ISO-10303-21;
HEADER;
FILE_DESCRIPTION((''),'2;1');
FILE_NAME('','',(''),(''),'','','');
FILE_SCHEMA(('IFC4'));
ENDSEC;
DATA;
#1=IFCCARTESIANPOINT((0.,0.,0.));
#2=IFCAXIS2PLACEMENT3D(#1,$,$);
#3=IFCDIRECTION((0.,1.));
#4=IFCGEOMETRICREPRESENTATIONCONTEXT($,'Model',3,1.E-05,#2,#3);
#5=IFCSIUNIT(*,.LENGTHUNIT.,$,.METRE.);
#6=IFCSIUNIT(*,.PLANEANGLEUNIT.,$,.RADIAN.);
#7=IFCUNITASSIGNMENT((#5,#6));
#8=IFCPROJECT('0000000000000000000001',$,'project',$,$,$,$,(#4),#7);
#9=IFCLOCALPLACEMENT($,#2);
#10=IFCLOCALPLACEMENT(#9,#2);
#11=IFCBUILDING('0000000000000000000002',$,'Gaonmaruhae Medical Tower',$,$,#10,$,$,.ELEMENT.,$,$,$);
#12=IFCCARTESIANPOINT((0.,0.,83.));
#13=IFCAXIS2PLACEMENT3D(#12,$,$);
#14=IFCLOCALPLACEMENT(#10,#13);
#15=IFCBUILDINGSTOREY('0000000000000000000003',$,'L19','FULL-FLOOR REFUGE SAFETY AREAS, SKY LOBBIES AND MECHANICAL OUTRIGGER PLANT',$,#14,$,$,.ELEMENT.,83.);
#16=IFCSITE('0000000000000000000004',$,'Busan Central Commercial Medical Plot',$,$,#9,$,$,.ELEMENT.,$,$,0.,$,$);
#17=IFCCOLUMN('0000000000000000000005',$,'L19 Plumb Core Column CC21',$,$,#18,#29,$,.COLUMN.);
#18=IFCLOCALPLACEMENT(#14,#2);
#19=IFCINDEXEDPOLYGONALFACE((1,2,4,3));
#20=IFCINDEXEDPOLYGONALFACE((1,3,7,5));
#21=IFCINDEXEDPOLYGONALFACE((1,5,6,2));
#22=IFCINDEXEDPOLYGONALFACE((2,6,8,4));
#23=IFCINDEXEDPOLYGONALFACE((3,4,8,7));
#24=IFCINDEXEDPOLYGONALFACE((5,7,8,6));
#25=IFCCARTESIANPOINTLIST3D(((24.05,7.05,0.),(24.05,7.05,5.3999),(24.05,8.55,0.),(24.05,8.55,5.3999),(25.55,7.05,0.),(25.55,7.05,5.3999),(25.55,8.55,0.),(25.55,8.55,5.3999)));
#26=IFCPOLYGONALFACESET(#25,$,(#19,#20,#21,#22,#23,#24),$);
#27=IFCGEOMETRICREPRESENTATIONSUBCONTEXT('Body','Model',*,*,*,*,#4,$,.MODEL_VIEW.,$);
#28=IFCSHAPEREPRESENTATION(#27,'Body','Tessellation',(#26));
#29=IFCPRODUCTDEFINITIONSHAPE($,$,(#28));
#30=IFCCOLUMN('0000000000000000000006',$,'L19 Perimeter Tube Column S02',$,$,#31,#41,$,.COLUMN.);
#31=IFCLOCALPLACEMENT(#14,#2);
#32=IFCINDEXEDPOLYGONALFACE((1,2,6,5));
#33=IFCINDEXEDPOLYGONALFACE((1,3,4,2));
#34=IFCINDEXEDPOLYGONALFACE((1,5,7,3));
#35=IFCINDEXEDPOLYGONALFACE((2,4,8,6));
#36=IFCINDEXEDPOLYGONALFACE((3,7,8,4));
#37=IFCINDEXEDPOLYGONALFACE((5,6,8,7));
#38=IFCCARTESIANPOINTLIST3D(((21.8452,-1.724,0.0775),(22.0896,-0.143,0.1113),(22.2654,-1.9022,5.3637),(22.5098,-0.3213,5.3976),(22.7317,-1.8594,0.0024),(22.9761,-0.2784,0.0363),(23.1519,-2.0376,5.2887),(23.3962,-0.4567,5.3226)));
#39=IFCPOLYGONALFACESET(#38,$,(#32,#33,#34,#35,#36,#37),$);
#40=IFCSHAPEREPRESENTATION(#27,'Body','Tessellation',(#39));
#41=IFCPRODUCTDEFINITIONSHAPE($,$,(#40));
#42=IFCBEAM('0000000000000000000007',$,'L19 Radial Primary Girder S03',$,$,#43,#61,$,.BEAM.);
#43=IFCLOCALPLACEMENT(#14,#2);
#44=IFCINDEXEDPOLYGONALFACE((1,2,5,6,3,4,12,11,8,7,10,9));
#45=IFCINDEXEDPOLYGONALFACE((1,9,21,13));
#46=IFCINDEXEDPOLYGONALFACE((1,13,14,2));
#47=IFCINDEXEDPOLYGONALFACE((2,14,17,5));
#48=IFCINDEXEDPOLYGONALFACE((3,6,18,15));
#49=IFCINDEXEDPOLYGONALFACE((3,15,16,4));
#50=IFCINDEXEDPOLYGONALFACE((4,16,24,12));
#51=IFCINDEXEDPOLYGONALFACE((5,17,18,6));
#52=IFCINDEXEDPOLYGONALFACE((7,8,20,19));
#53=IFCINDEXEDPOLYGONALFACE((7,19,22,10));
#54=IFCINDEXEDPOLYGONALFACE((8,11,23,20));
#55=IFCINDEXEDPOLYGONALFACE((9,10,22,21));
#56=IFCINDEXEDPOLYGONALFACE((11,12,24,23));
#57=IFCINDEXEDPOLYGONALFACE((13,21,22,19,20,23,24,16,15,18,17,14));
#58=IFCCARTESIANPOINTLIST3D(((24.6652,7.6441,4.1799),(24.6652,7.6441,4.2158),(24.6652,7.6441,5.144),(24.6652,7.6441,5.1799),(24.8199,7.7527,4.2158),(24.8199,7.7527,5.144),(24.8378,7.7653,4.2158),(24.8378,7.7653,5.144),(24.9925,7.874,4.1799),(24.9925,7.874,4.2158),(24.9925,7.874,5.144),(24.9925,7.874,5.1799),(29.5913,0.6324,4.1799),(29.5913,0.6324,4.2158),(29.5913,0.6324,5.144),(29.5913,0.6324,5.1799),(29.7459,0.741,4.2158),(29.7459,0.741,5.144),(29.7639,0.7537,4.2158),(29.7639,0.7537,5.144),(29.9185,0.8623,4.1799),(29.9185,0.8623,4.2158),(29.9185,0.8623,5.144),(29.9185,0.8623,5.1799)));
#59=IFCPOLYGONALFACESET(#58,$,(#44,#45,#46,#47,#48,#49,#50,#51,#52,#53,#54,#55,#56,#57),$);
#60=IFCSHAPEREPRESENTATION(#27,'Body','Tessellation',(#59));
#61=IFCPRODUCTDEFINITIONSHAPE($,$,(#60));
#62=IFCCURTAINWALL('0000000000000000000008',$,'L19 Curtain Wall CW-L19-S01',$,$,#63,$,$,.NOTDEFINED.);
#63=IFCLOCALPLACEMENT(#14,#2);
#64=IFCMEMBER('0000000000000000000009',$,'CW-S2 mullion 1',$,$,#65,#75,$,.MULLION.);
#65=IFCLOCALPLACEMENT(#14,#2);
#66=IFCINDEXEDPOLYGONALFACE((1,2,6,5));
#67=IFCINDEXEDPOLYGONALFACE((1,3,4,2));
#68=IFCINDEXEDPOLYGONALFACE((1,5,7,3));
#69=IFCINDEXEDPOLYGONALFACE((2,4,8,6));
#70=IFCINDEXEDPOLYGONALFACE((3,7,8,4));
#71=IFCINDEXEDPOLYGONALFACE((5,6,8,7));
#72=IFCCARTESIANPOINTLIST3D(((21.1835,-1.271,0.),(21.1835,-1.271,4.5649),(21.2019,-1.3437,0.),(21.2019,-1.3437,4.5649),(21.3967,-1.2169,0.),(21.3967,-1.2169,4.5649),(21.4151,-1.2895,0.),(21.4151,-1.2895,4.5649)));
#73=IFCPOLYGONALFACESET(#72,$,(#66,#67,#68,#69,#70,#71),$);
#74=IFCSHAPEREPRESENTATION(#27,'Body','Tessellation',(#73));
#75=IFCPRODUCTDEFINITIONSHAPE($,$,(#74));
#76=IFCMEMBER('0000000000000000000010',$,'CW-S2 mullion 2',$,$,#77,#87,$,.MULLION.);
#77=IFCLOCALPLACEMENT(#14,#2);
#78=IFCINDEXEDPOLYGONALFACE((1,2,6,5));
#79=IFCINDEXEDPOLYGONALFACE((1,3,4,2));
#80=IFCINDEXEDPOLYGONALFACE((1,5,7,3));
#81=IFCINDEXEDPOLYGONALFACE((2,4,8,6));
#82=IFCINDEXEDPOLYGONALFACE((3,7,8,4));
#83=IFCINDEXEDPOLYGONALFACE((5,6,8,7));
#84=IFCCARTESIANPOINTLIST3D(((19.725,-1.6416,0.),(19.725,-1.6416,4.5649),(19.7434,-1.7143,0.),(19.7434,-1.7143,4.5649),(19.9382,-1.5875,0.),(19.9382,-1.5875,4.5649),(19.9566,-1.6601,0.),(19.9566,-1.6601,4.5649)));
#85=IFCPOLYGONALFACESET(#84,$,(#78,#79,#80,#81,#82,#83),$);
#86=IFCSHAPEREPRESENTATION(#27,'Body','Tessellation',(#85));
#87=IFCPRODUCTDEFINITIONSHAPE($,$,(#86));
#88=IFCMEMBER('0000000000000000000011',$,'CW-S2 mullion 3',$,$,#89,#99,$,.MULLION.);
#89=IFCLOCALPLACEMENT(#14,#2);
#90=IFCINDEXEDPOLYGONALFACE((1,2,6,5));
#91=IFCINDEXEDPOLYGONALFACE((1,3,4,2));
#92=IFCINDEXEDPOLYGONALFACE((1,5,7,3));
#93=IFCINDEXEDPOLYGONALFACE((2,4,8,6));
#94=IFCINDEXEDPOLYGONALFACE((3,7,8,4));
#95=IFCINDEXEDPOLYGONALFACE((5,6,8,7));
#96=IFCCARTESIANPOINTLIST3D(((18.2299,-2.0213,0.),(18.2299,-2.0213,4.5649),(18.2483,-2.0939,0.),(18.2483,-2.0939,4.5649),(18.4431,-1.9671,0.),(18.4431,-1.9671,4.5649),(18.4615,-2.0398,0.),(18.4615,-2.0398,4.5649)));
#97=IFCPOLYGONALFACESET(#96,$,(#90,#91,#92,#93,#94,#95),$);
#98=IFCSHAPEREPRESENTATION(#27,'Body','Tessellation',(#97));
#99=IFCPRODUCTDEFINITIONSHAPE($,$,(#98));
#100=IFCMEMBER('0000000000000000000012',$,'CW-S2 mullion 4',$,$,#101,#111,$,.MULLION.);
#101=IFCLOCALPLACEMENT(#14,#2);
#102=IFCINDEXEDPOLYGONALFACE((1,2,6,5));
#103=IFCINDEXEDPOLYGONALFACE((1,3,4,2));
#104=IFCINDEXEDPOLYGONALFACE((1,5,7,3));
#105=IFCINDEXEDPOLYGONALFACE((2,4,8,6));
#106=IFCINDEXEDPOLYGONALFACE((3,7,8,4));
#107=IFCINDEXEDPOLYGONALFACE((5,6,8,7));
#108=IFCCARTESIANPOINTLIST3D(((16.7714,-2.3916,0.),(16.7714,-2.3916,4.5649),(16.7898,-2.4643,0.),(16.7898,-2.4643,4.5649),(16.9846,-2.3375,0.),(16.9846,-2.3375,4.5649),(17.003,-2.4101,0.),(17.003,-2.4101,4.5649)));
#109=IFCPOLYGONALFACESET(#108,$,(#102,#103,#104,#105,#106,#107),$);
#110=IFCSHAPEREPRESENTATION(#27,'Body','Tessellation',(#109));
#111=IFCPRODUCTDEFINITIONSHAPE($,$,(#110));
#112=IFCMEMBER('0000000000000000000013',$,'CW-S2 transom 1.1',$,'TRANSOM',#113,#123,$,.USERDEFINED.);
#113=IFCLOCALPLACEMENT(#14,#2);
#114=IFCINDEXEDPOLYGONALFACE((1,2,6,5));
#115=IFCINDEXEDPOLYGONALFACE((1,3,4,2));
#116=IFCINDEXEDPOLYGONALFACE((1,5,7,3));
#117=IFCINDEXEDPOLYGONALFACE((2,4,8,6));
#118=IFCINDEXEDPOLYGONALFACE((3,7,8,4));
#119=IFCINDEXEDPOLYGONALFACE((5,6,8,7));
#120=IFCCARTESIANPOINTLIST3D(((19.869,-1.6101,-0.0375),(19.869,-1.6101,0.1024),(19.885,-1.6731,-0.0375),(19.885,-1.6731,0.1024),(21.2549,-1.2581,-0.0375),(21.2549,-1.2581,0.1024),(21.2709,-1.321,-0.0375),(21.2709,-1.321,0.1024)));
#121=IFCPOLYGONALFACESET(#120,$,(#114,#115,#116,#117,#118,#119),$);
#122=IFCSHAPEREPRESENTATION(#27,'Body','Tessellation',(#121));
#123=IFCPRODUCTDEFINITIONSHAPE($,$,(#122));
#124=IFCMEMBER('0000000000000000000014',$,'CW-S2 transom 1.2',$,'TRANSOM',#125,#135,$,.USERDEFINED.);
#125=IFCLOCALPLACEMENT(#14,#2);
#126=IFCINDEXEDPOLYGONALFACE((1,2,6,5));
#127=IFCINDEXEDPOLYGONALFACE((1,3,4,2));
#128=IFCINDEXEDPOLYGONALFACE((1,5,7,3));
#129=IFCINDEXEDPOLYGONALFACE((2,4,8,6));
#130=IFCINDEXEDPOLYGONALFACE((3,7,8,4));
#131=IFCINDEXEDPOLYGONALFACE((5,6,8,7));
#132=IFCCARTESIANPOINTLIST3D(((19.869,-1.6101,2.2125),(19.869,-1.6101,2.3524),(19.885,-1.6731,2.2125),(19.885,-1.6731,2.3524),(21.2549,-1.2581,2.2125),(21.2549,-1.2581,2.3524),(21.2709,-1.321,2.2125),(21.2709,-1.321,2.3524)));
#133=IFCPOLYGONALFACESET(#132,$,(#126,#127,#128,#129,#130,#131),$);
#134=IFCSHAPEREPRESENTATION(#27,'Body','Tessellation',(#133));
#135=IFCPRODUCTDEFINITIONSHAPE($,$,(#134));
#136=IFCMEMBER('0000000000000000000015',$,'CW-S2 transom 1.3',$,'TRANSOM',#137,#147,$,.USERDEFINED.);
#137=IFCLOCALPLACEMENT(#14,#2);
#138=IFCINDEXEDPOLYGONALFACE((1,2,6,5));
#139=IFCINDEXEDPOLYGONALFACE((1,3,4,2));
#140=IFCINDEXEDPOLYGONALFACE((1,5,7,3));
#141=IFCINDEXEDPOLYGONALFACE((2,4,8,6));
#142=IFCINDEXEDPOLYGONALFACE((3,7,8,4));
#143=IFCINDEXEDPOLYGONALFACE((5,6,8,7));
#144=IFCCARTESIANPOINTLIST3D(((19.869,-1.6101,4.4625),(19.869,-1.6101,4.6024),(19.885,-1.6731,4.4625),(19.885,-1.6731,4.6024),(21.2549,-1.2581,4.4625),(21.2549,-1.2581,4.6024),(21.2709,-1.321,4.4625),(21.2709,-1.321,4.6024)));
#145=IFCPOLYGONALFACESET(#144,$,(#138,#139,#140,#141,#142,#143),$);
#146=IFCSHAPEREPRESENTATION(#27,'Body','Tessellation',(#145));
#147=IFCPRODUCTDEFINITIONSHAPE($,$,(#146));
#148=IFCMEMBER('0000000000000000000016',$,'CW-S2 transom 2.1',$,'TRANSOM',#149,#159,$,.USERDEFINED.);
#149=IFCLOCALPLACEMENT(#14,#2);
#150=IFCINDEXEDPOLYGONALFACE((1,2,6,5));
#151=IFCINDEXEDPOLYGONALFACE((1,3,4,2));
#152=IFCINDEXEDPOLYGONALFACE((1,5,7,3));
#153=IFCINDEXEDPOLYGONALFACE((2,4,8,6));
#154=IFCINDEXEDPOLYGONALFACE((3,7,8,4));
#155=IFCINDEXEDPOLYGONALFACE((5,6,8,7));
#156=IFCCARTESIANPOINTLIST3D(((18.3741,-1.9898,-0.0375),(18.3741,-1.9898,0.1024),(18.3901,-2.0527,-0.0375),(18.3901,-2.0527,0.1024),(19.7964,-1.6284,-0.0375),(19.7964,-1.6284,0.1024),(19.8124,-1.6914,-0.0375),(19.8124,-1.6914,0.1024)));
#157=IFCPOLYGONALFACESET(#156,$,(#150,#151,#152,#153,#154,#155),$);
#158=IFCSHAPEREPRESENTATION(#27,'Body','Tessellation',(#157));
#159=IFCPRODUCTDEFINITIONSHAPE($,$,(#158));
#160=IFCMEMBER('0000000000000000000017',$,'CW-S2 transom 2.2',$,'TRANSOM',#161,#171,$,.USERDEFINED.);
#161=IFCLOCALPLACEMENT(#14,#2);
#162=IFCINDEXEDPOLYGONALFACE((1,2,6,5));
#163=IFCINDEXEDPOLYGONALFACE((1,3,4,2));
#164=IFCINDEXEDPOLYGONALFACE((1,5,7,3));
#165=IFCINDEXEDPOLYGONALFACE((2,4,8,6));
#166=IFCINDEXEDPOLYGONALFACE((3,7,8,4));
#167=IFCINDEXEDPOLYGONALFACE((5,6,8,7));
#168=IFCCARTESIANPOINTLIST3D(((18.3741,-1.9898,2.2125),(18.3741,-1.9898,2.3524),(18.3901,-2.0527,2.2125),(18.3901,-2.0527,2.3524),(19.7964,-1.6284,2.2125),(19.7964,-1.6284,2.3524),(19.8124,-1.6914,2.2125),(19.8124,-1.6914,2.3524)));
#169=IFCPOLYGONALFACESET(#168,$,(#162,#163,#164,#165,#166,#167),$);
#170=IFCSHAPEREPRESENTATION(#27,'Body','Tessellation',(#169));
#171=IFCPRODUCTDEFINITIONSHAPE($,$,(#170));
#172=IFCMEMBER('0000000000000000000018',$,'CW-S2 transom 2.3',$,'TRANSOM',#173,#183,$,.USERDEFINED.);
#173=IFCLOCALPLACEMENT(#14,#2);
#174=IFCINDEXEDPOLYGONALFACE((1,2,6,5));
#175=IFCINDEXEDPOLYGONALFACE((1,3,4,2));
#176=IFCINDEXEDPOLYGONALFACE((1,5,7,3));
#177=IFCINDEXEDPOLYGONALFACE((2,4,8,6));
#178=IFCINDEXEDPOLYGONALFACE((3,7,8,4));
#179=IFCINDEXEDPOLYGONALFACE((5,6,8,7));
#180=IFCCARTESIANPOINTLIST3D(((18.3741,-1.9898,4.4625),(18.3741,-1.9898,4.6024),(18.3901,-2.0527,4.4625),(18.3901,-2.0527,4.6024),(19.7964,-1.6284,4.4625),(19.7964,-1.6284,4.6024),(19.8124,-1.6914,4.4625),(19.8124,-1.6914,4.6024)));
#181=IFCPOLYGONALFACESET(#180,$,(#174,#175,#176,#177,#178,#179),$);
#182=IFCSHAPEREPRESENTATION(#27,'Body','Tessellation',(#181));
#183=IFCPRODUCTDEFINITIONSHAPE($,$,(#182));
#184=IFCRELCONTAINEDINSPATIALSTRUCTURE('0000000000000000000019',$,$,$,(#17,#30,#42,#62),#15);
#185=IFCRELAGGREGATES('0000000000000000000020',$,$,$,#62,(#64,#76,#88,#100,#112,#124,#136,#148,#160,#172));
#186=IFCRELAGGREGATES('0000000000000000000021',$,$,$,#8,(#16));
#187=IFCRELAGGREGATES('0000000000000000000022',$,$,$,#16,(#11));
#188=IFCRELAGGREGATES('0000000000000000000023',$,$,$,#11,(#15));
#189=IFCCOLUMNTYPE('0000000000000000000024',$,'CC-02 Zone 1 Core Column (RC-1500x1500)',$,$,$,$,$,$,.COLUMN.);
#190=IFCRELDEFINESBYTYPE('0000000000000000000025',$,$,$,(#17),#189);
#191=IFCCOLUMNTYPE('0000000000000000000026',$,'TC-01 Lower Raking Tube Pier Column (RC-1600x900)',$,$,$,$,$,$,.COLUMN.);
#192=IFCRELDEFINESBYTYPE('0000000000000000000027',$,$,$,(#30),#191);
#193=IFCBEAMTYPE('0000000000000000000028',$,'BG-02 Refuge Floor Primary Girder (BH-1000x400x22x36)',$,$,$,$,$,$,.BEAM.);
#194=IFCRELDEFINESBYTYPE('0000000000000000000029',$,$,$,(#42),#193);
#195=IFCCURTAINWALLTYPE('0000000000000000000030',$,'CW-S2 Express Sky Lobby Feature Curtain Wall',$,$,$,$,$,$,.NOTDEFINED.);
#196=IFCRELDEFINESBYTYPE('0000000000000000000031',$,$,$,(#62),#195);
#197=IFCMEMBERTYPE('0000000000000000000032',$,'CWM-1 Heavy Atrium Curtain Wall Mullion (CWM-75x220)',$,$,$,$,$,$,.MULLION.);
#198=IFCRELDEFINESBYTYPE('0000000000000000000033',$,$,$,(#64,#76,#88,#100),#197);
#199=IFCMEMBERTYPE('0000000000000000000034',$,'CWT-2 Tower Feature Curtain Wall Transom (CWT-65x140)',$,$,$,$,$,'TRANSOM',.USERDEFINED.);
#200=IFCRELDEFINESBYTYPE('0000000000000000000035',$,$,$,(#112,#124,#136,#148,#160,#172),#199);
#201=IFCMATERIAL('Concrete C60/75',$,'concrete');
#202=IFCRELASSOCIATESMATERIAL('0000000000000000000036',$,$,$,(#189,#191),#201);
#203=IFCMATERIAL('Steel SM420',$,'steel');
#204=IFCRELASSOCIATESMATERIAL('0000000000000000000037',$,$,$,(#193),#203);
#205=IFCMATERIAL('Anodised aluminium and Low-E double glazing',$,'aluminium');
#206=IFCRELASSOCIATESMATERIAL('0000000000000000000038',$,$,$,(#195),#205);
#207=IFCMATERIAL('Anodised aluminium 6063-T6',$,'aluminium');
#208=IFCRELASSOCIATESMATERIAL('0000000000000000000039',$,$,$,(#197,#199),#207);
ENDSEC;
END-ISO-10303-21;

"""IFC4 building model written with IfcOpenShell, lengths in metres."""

from ifc_helpers import new_model, si_unit, direction, frame, origin, origin_2d, place, context, subcontext, project, spatial, rectangle, i_section, extrude, material, material_profile, profile_set, type_object, element, aggregate, save


model = new_model("IFC4")

# Units and contexts
model_context = context("Model", 3, precision=1e-05, world=origin(), true_north=direction((0.0, 1.0)))
body_context = subcontext(model_context, "Body", "Model", "MODEL_VIEW")
ifc_project = project(units=[si_unit("LENGTHUNIT", "METRE"), si_unit("PLANEANGLEUNIT", "RADIAN")], contexts=[model_context])

# Site, building, storey
site_placement = place(None, origin())
site = spatial("IfcSite", under=ifc_project, at=site_placement, Name="Busan Central Commercial Medical Plot", CompositionType="ELEMENT", RefElevation=0.0)
building_placement = place(site_placement, origin())
building = spatial("IfcBuilding", under=site, at=building_placement, Name="Gaonmaruhae Medical Tower", CompositionType="ELEMENT")
storey_placement = place(building_placement, frame((0.0, 0.0, 83.0)))
storey = spatial("IfcBuildingStorey", under=building, at=storey_placement, Name="L19", Description="FULL-FLOOR REFUGE SAFETY AREAS, SKY LOBBIES AND MECHANICAL OUTRIGGER PLANT", CompositionType="ELEMENT", Elevation=83.0)

# Columns
ifc_material_1 = material(Name="Concrete C60/75", Category="concrete")
ifc_material_profile_1 = material_profile(ifc_material_1, rectangle(XDim=1.5, YDim=1.5, at=origin_2d()), Name="RC-1500x1500")
ifc_profile_set_1 = profile_set([ifc_material_profile_1], Name="Concrete C60/75")
column_type_1 = type_object("IfcColumnType", Name="CC-02 Zone 1 Core Column (RC-1500x1500)", PredefinedType="COLUMN", material=ifc_profile_set_1)
column_1_placement = place(storey_placement, frame((24.8, 7.8, 0.0), z_axis=(0.0, 0.0, 1.0), x_axis=(1.0, 0.0, 0.0)))
element("IfcColumn", 1, at=column_1_placement, inside=storey, type_object=column_type_1, Name="L19 Plumb Core Column CC21", PredefinedType="COLUMN", context=body_context, shape_type="SweptSolid", body=[
    extrude(rectangle(XDim=1.5, YDim=1.5, at=origin_2d()), origin(), (0.0, 0.0, 1.0), 5.3999),
])
ifc_material_profile_2 = material_profile(ifc_material_1, rectangle(XDim=1.6001, YDim=0.8999, at=origin_2d()), Name="RC-1600x900")
ifc_profile_set_2 = profile_set([ifc_material_profile_2], Name="Concrete C60/75")
column_type_2 = type_object("IfcColumnType", Name="TC-01 Lower Raking Tube Pier Column (RC-1600x900)", PredefinedType="COLUMN", material=ifc_profile_set_2)
column_2_placement = place(storey_placement, frame((22.4106, -1.0012, 0.0569), z_axis=(0.07919, -0.03359, 0.996293), x_axis=(0.15271, 0.988044, 0.021174)))
element("IfcColumn", 2, at=column_2_placement, inside=storey, type_object=column_type_2, Name="L19 Perimeter Tube Column S02", PredefinedType="COLUMN", context=body_context, shape_type="SweptSolid", body=[
    extrude(rectangle(XDim=1.6001, YDim=0.8999, at=origin_2d()), origin(), (0.0, 0.0, 1.0), 5.3059),
])

# Beam
ifc_material_2 = material(Name="Steel SM420", Category="steel")
ifc_material_profile_3 = material_profile(ifc_material_2, i_section(OverallWidth=0.3999, OverallDepth=1.0, WebThickness=0.022, FlangeThickness=0.0359, at=origin_2d()), Name="BH-1000x400x22x36")
ifc_profile_set_3 = profile_set([ifc_material_profile_3], Name="Steel SM420")
beam_type_1 = type_object("IfcBeamType", Name="BG-02 Refuge Floor Primary Girder (BH-1000x400x22x36)", PredefinedType="BEAM", material=ifc_profile_set_3)
beam_1_placement = place(storey_placement, frame((24.8289, 7.759, 4.6799), z_axis=(0.574857, -0.818254, 0.0), x_axis=(0.818254, 0.574857, 0.0)))
element("IfcBeam", 3, at=beam_1_placement, inside=storey, type_object=beam_type_1, Name="L19 Radial Primary Girder S03", PredefinedType="BEAM", context=body_context, shape_type="SweptSolid", body=[
    extrude(i_section(OverallWidth=0.3999, OverallDepth=1.0, WebThickness=0.022, FlangeThickness=0.0359, at=origin_2d()), origin(), (0.0, 0.0, 1.0), 8.5691),
])

# Curtain wall, members
ifc_material_3 = material(Name="Anodised aluminium and Low-E double glazing", Category="aluminium")
curtain_wall_type = type_object("IfcCurtainWallType", Name="CW-S2 Express Sky Lobby Feature Curtain Wall", PredefinedType="NOTDEFINED", material=ifc_material_3)
curtain_wall_placement = place(storey_placement, origin())
curtain_wall = element("IfcCurtainWall", 4, at=curtain_wall_placement, inside=storey, type_object=curtain_wall_type, Name="L19 Curtain Wall CW-L19-S01", PredefinedType="NOTDEFINED")
ifc_material_4 = material(Name="Anodised aluminium 6063-T6", Category="aluminium")
ifc_material_profile_4 = material_profile(ifc_material_4, rectangle(XDim=0.075, YDim=0.22, at=origin_2d()), Name="CWM-75x220")
ifc_profile_set_4 = profile_set([ifc_material_profile_4], Name="Anodised aluminium 6063-T6")
member_type_1 = type_object("IfcMemberType", Name="CWM-1 Heavy Atrium Curtain Wall Mullion (CWM-75x220)", PredefinedType="MULLION", material=ifc_profile_set_4)
member_1_placement = place(storey_placement, frame((21.2993, -1.2803, 0.0), z_axis=(0.0, 0.0, 1.0), x_axis=(0.24616, -0.969229, 0.0)))
member_1 = element("IfcMember", 5, at=member_1_placement, type_object=member_type_1, Name="CW-S2 mullion 1", PredefinedType="MULLION", context=body_context, shape_type="SweptSolid", body=[
    extrude(rectangle(XDim=0.075, YDim=0.22, at=origin_2d()), origin(), (0.0, 0.0, 1.0), 4.5649),
])
member_2_placement = place(storey_placement, frame((19.8408, -1.6509, 0.0), z_axis=(0.0, 0.0, 1.0), x_axis=(0.24616, -0.969229, 0.0)))
member_2 = element("IfcMember", 6, at=member_2_placement, type_object=member_type_1, Name="CW-S2 mullion 2", PredefinedType="MULLION", context=body_context, shape_type="SweptSolid", body=[
    extrude(rectangle(XDim=0.075, YDim=0.22, at=origin_2d()), origin(), (0.0, 0.0, 1.0), 4.5649),
])
member_3_placement = place(storey_placement, frame((18.3457, -2.0305, 0.0), z_axis=(0.0, 0.0, 1.0), x_axis=(0.24616, -0.969229, 0.0)))
member_3 = element("IfcMember", 7, at=member_3_placement, type_object=member_type_1, Name="CW-S2 mullion 3", PredefinedType="MULLION", context=body_context, shape_type="SweptSolid", body=[
    extrude(rectangle(XDim=0.075, YDim=0.22, at=origin_2d()), origin(), (0.0, 0.0, 1.0), 4.5649),
])
member_4_placement = place(storey_placement, frame((16.8872, -2.4009, 0.0), z_axis=(0.0, 0.0, 1.0), x_axis=(0.24616, -0.969229, 0.0)))
member_4 = element("IfcMember", 8, at=member_4_placement, type_object=member_type_1, Name="CW-S2 mullion 4", PredefinedType="MULLION", context=body_context, shape_type="SweptSolid", body=[
    extrude(rectangle(XDim=0.075, YDim=0.22, at=origin_2d()), origin(), (0.0, 0.0, 1.0), 4.5649),
])
ifc_material_profile_5 = material_profile(ifc_material_4, rectangle(XDim=0.0649, YDim=0.1399, at=origin_2d()), Name="CWT-65x140")
ifc_profile_set_5 = profile_set([ifc_material_profile_5], Name="Anodised aluminium 6063-T6")
member_type_2 = type_object("IfcMemberType", Name="CWT-2 Tower Feature Curtain Wall Transom (CWT-65x140)", ElementType="TRANSOM", PredefinedType="USERDEFINED", material=ifc_profile_set_5)
member_5_placement = place(storey_placement, frame((21.2629, -1.2896, 0.0325), z_axis=(-0.969222, -0.246189, 0.0), x_axis=(0.246189, -0.969222, 0.0)))
member_5 = element("IfcMember", 9, at=member_5_placement, type_object=member_type_2, Name="CW-S2 transom 1.1", ObjectType="TRANSOM", PredefinedType="USERDEFINED", context=body_context, shape_type="SweptSolid", body=[
    extrude(rectangle(XDim=0.0649, YDim=0.1399, at=origin_2d()), origin(), (0.0, 0.0, 1.0), 1.4299),
])
member_6_placement = place(storey_placement, frame((21.2629, -1.2896, 2.2825), z_axis=(-0.969222, -0.246189, 0.0), x_axis=(0.246189, -0.969222, 0.0)))
member_6 = element("IfcMember", 10, at=member_6_placement, type_object=member_type_2, Name="CW-S2 transom 1.2", ObjectType="TRANSOM", PredefinedType="USERDEFINED", context=body_context, shape_type="SweptSolid", body=[
    extrude(rectangle(XDim=0.0649, YDim=0.1399, at=origin_2d()), origin(), (0.0, 0.0, 1.0), 1.4299),
])
member_7_placement = place(storey_placement, frame((21.2629, -1.2896, 4.5325), z_axis=(-0.969222, -0.246189, 0.0), x_axis=(0.246189, -0.969222, 0.0)))
member_7 = element("IfcMember", 11, at=member_7_placement, type_object=member_type_2, Name="CW-S2 transom 1.3", ObjectType="TRANSOM", PredefinedType="USERDEFINED", context=body_context, shape_type="SweptSolid", body=[
    extrude(rectangle(XDim=0.0649, YDim=0.1399, at=origin_2d()), origin(), (0.0, 0.0, 1.0), 1.4299),
])
member_8_placement = place(storey_placement, frame((19.8044, -1.6599, 0.0325), z_axis=(-0.969216, -0.246213, 0.0), x_axis=(0.246213, -0.969216, 0.0)))
member_8 = element("IfcMember", 12, at=member_8_placement, type_object=member_type_2, Name="CW-S2 transom 2.1", ObjectType="TRANSOM", PredefinedType="USERDEFINED", context=body_context, shape_type="SweptSolid", body=[
    extrude(rectangle(XDim=0.0649, YDim=0.1399, at=origin_2d()), origin(), (0.0, 0.0, 1.0), 1.4675),
])
member_9_placement = place(storey_placement, frame((19.8044, -1.6599, 2.2825), z_axis=(-0.969216, -0.246213, 0.0), x_axis=(0.246213, -0.969216, 0.0)))
member_9 = element("IfcMember", 13, at=member_9_placement, type_object=member_type_2, Name="CW-S2 transom 2.2", ObjectType="TRANSOM", PredefinedType="USERDEFINED", context=body_context, shape_type="SweptSolid", body=[
    extrude(rectangle(XDim=0.0649, YDim=0.1399, at=origin_2d()), origin(), (0.0, 0.0, 1.0), 1.4675),
])
member_10_placement = place(storey_placement, frame((19.8044, -1.6599, 4.5325), z_axis=(-0.969216, -0.246213, 0.0), x_axis=(0.246213, -0.969216, 0.0)))
member_10 = element("IfcMember", 14, at=member_10_placement, type_object=member_type_2, Name="CW-S2 transom 2.3", ObjectType="TRANSOM", PredefinedType="USERDEFINED", context=body_context, shape_type="SweptSolid", body=[
    extrude(rectangle(XDim=0.0649, YDim=0.1399, at=origin_2d()), origin(), (0.0, 0.0, 1.0), 1.4675),
])

aggregate(curtain_wall, [member_1, member_2, member_3, member_4, member_5, member_6, member_7, member_8, member_9, member_10])

save(model, "model.ifc")
